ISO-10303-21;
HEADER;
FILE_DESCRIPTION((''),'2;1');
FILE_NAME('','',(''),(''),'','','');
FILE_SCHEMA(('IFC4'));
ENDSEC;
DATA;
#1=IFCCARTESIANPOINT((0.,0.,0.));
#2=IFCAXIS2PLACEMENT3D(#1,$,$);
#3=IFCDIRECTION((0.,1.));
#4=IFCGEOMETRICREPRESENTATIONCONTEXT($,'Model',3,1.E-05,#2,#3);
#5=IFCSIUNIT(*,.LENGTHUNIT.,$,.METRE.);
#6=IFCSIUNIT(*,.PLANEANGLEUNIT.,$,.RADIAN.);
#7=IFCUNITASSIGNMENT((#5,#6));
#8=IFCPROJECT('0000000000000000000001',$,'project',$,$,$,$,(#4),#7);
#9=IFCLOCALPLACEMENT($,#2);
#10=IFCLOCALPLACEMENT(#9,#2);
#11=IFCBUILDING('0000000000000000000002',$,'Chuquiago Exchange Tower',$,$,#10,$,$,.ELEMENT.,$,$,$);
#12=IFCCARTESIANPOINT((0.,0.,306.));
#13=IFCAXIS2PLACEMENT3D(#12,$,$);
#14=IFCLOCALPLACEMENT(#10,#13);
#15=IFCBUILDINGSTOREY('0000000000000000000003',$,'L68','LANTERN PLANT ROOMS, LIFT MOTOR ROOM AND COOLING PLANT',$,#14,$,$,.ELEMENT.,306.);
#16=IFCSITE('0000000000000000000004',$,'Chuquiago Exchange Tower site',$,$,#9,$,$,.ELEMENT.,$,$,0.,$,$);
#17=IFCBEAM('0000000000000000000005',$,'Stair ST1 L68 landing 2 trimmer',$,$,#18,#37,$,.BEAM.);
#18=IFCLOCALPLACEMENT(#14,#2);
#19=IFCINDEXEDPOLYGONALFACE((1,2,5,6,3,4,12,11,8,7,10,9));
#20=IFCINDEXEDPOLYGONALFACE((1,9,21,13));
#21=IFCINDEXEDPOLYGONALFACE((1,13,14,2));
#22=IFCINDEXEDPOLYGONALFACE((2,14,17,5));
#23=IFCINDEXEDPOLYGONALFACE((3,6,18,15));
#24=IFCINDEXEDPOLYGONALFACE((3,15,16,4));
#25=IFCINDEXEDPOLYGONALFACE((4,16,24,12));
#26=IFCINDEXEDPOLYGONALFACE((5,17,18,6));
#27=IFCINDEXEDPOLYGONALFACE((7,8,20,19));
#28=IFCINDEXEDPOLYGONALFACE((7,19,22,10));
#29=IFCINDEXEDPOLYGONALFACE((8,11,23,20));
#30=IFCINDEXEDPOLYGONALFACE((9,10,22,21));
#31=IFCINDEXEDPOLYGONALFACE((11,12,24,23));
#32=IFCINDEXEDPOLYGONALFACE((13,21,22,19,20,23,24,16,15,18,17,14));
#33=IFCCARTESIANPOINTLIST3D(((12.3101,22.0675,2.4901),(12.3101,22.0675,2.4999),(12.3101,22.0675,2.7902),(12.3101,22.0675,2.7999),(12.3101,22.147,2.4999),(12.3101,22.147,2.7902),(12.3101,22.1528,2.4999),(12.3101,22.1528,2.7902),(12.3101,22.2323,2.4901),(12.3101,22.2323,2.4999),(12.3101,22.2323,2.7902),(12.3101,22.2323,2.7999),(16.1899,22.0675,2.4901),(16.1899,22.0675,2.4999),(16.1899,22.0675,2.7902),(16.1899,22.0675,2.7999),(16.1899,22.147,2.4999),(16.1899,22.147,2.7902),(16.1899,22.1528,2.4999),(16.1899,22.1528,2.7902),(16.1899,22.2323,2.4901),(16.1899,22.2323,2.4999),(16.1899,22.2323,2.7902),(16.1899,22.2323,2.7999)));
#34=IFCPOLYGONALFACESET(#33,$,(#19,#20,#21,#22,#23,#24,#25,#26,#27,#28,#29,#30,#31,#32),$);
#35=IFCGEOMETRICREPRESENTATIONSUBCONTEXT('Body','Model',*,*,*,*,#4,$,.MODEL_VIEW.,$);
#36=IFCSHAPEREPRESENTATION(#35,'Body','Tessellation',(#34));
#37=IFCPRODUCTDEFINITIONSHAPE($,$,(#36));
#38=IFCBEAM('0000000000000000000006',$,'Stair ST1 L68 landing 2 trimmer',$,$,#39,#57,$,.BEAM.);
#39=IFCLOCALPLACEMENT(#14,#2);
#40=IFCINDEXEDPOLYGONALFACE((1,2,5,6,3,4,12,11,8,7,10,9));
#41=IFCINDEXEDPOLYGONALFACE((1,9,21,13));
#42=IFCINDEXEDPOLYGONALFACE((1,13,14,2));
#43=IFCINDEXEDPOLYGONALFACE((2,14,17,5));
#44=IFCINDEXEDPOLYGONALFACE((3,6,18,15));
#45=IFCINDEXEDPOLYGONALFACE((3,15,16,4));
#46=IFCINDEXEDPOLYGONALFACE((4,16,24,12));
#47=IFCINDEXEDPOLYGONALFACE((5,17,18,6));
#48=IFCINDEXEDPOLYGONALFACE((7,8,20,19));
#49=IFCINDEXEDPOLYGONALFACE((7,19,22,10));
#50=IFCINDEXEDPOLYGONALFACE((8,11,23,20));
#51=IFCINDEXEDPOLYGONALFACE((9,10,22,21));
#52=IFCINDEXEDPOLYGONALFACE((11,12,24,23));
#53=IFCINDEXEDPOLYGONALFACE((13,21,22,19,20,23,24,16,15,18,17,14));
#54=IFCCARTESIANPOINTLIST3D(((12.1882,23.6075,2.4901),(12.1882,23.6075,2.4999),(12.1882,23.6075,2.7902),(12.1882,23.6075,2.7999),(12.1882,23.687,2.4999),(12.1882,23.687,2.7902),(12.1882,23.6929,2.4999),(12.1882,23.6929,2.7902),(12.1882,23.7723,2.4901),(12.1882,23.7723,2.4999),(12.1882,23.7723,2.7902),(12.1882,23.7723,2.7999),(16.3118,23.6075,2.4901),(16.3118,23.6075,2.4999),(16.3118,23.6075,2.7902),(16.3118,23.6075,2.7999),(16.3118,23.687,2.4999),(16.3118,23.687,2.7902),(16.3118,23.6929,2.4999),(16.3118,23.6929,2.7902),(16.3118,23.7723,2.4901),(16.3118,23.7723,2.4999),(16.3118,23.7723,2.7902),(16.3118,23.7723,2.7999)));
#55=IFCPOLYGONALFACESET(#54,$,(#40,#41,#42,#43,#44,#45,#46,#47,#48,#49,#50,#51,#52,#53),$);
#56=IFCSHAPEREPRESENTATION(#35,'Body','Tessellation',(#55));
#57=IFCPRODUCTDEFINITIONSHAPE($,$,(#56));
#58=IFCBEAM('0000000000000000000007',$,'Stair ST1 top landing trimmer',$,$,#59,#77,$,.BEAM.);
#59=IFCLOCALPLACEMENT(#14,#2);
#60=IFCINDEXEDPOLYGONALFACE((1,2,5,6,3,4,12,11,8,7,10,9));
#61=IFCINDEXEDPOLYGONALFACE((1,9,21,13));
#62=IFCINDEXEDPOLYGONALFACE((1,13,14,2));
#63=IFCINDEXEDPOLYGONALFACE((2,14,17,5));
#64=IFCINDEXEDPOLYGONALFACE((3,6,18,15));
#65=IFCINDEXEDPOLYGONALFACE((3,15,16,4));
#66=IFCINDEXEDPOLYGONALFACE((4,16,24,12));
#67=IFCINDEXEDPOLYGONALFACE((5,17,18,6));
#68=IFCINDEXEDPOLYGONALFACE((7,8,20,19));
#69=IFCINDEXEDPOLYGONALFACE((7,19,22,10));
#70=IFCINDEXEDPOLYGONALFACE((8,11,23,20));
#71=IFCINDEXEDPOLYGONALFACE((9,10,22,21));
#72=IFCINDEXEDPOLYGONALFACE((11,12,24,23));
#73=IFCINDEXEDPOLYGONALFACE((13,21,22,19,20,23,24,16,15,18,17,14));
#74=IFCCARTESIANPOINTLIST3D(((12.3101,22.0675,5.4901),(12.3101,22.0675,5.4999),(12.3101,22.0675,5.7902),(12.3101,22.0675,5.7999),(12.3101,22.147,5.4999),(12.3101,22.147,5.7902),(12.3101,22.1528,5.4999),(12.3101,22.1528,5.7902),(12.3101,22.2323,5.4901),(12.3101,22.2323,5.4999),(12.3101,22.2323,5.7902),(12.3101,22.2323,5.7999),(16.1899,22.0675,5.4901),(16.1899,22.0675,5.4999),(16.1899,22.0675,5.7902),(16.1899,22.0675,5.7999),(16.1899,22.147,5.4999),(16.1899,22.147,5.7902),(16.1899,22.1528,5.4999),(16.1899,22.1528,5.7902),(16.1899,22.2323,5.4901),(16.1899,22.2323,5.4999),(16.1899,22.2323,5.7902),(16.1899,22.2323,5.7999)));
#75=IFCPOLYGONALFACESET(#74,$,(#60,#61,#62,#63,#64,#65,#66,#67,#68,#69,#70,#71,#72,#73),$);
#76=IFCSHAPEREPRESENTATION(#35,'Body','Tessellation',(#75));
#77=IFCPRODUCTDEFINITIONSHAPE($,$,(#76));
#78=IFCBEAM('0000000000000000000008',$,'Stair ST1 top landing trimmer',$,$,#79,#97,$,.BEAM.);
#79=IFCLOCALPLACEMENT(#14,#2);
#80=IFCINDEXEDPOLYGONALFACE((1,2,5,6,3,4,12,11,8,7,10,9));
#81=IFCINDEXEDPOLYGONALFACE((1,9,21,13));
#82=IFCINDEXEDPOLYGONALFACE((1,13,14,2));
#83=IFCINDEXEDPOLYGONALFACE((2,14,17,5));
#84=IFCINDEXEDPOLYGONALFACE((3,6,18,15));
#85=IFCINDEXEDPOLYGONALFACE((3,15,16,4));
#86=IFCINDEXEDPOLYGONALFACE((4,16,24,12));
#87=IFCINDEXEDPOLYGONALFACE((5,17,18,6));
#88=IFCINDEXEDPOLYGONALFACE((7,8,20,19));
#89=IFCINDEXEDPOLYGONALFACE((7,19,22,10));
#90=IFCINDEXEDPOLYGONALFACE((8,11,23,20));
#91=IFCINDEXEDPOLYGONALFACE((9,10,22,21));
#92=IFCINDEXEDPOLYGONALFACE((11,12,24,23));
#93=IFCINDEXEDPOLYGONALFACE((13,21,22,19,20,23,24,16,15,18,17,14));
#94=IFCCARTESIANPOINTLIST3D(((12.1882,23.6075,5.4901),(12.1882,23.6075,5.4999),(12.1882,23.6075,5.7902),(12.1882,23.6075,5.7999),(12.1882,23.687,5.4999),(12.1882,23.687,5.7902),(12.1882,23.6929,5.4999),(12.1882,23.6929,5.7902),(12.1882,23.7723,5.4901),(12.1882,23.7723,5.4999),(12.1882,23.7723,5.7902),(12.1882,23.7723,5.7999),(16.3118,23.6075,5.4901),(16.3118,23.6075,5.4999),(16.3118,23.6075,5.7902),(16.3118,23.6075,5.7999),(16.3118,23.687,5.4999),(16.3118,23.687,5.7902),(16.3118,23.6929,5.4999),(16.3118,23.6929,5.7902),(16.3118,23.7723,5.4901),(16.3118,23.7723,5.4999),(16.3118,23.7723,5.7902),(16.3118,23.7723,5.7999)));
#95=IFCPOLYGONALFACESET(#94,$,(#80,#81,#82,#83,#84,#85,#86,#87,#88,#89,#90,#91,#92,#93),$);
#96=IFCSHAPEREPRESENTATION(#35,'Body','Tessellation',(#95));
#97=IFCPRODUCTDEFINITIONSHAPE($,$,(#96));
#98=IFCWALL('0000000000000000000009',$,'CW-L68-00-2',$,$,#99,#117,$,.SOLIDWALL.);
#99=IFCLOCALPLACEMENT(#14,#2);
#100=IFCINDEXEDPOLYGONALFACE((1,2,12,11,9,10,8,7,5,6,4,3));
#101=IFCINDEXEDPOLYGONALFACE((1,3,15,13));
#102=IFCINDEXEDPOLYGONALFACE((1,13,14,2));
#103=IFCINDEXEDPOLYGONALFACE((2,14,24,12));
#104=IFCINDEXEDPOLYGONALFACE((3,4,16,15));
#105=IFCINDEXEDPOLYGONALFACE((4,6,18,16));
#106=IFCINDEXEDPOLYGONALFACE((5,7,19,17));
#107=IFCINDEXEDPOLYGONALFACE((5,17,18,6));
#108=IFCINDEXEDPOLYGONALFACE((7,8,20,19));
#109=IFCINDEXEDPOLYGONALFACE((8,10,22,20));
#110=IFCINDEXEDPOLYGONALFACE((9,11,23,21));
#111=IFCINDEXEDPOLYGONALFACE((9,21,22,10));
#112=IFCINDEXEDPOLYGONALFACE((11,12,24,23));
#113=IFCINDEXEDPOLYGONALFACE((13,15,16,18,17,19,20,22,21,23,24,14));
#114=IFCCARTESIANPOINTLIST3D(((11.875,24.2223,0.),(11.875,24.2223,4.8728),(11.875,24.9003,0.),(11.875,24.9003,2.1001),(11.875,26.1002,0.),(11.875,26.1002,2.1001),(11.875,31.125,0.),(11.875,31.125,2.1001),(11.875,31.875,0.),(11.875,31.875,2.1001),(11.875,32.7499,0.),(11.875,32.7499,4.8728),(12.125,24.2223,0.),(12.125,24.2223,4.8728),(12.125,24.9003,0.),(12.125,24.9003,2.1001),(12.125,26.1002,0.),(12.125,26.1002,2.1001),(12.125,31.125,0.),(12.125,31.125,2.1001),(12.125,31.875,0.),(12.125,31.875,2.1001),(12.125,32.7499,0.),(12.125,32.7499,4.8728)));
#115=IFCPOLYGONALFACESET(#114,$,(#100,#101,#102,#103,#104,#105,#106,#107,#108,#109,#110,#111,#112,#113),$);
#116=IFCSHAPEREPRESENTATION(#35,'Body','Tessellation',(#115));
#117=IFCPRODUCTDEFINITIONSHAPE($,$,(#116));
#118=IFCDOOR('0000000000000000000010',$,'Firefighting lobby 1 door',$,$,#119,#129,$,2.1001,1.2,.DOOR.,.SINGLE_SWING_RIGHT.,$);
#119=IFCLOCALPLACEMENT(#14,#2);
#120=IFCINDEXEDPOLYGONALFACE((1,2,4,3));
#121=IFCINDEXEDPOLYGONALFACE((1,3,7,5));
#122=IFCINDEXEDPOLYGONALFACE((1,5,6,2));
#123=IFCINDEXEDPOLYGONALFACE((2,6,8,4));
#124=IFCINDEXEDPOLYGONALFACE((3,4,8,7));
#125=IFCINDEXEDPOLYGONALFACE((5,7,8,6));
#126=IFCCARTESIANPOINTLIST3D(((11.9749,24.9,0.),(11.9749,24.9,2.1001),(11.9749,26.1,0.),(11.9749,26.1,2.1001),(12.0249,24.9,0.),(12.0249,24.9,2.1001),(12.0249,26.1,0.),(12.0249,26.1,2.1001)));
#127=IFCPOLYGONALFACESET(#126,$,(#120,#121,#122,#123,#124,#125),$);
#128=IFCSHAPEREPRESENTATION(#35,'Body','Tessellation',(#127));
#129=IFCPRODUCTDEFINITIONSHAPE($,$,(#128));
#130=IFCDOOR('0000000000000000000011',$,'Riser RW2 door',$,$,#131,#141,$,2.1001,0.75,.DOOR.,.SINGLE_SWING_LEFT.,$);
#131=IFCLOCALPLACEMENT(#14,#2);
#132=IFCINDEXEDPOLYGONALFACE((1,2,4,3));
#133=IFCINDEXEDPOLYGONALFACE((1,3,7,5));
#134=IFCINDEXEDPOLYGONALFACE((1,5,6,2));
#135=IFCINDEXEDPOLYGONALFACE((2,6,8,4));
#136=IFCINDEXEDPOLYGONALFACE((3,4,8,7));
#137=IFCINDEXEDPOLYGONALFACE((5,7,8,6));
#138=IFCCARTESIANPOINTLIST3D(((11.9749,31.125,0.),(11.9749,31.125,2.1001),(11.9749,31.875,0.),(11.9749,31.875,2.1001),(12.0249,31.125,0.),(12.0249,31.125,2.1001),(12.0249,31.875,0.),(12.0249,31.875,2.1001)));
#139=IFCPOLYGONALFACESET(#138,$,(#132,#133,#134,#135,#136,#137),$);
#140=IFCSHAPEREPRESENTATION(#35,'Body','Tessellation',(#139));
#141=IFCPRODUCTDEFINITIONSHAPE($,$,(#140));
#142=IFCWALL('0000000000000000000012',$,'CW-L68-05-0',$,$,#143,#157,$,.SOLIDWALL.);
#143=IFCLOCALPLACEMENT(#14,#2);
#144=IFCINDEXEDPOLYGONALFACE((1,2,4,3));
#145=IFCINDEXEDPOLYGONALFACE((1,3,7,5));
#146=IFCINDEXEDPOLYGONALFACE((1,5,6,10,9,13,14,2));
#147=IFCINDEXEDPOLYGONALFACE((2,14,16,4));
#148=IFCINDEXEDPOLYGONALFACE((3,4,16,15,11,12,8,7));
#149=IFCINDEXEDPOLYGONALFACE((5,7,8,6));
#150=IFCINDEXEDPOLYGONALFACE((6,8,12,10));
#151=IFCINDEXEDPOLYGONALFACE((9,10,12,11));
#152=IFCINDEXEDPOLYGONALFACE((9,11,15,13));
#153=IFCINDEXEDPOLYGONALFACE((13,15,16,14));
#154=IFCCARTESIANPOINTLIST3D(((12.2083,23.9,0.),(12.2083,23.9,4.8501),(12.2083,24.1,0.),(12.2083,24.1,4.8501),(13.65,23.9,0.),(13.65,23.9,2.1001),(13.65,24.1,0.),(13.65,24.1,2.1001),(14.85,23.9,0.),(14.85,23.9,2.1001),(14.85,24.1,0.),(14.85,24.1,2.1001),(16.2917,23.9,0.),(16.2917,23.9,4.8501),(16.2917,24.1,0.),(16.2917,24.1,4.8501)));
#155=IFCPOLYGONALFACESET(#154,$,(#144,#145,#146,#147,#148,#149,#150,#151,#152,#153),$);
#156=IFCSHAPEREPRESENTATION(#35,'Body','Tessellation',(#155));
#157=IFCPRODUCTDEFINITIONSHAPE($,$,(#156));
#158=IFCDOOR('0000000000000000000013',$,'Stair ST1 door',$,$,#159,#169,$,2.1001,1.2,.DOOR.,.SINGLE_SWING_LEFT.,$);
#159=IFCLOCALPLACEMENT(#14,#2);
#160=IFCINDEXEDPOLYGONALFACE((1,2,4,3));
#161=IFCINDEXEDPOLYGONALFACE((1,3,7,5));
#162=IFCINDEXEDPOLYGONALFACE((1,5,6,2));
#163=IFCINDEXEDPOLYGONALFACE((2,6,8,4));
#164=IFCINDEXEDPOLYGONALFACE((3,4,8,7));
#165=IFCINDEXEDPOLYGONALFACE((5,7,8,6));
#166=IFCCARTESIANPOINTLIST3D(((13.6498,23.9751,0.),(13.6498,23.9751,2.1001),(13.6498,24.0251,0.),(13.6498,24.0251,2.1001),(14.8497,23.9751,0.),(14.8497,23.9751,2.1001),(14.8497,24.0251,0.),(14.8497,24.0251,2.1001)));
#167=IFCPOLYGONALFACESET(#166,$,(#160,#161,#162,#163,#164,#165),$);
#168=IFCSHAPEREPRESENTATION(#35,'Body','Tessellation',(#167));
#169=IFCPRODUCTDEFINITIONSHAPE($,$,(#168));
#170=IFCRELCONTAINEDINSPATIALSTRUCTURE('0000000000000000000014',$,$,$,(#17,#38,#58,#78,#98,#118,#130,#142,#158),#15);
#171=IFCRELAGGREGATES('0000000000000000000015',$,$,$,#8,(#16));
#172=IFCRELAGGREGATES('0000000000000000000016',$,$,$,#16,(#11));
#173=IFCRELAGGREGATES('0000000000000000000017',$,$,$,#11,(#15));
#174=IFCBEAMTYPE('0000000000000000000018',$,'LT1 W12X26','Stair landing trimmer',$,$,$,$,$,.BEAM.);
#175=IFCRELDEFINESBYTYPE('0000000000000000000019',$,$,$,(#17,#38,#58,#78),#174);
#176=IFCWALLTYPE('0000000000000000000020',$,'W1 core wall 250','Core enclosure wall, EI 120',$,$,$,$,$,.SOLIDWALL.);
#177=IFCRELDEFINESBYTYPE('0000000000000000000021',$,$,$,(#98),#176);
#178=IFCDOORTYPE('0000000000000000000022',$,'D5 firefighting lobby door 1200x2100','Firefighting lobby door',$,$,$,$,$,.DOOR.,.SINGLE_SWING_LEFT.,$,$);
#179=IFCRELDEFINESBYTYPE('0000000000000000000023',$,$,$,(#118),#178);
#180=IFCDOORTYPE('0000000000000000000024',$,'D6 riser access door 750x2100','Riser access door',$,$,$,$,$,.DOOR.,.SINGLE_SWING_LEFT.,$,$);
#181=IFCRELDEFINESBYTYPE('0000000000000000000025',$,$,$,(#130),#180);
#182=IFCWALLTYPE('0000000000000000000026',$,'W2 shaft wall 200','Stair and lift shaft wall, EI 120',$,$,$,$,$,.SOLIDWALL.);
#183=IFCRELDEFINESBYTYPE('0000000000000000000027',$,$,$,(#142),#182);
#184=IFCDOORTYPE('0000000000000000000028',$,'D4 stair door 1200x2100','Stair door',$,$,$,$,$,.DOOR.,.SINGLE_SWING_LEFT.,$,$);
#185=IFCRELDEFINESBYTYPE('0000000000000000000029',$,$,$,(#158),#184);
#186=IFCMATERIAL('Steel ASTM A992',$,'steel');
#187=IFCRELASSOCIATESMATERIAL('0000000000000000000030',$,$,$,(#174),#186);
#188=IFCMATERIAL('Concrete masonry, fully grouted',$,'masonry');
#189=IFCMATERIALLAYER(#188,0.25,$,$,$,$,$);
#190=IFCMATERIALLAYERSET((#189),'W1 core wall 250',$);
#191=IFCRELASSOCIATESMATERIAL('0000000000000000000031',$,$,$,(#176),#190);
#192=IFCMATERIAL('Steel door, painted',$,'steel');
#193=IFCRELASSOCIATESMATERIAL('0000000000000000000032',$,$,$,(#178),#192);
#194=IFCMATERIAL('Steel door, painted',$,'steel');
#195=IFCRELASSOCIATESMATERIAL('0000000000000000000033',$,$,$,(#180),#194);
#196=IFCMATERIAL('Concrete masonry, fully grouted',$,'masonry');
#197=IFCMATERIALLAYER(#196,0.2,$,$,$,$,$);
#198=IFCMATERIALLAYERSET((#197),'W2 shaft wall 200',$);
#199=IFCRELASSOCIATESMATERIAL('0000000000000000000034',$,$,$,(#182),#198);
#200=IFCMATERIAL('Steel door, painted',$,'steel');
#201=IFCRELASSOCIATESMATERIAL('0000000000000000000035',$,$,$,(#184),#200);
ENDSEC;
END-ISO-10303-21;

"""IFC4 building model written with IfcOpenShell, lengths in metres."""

from ifc_helpers import new_model, si_unit, direction, frame, frame_2d, origin, origin_2d, place, context, subcontext, project, spatial, rectangle, i_section, extrude, material, layer, layer_set, material_profile, profile_set, type_object, element, fill, save


model = new_model("IFC4")

# Units and contexts
model_context = context("Model", 3, precision=1e-05, world=origin(), true_north=direction((0.0, 1.0)))
body_context = subcontext(model_context, "Body", "Model", "MODEL_VIEW")
ifc_project = project(units=[si_unit("LENGTHUNIT", "METRE"), si_unit("PLANEANGLEUNIT", "RADIAN")], contexts=[model_context])

# Site, building, storey
site_placement = place(None, origin())
site = spatial("IfcSite", under=ifc_project, at=site_placement, Name="Chuquiago Exchange Tower site", CompositionType="ELEMENT", RefElevation=0.0)
building_placement = place(site_placement, origin())
building = spatial("IfcBuilding", under=site, at=building_placement, Name="Chuquiago Exchange Tower", CompositionType="ELEMENT")
storey_placement = place(building_placement, frame((0.0, 0.0, 306.0)))
storey = spatial("IfcBuildingStorey", under=building, at=storey_placement, Name="L68", Description="LANTERN PLANT ROOMS, LIFT MOTOR ROOM AND COOLING PLANT", CompositionType="ELEMENT", Elevation=306.0)

# Beams
ifc_material_1 = material(Name="Steel ASTM A992", Category="steel")
ifc_material_profile_1 = material_profile(ifc_material_1, i_section(OverallWidth=0.1648, OverallDepth=0.3098, WebThickness=0.0059, FlangeThickness=0.0098, at=origin_2d()), Name="W12X26")
ifc_profile_set_1 = profile_set([ifc_material_profile_1], Name="Steel ASTM A992")
beam_type_1 = type_object("IfcBeamType", Name="LT1 W12X26", Description="Stair landing trimmer", PredefinedType="BEAM", material=ifc_profile_set_1)
beam_1_placement = place(storey_placement, frame((12.3101, 22.1499, 2.645), z_axis=(1.0, 0.0, 0.0), x_axis=(0.0, 1.0, 0.0)))
element("IfcBeam", 1, at=beam_1_placement, inside=storey, type_object=beam_type_1, Name="Stair ST1 L68 landing 2 trimmer", PredefinedType="BEAM", context=body_context, shape_type="SweptSolid", body=[
    extrude(i_section(OverallWidth=0.1648, OverallDepth=0.3098, WebThickness=0.0059, FlangeThickness=0.0098, at=origin_2d()), origin(), (0.0, 0.0, 1.0), 3.8799),
])
beam_2_placement = place(storey_placement, frame((12.1882, 23.6899, 2.645), z_axis=(1.0, 0.0, 0.0), x_axis=(0.0, 1.0, 0.0)))
element("IfcBeam", 2, at=beam_2_placement, inside=storey, type_object=beam_type_1, Name="Stair ST1 L68 landing 2 trimmer", PredefinedType="BEAM", context=body_context, shape_type="SweptSolid", body=[
    extrude(i_section(OverallWidth=0.1648, OverallDepth=0.3098, WebThickness=0.0059, FlangeThickness=0.0098, at=origin_2d()), origin(), (0.0, 0.0, 1.0), 4.1235),
])
beam_3_placement = place(storey_placement, frame((12.3101, 22.1499, 5.645), z_axis=(1.0, 0.0, 0.0), x_axis=(0.0, 1.0, 0.0)))
element("IfcBeam", 3, at=beam_3_placement, inside=storey, type_object=beam_type_1, Name="Stair ST1 top landing trimmer", PredefinedType="BEAM", context=body_context, shape_type="SweptSolid", body=[
    extrude(i_section(OverallWidth=0.1648, OverallDepth=0.3098, WebThickness=0.0059, FlangeThickness=0.0098, at=origin_2d()), origin(), (0.0, 0.0, 1.0), 3.8799),
])
beam_4_placement = place(storey_placement, frame((12.1882, 23.6899, 5.645), z_axis=(1.0, 0.0, 0.0), x_axis=(0.0, 1.0, 0.0)))
element("IfcBeam", 4, at=beam_4_placement, inside=storey, type_object=beam_type_1, Name="Stair ST1 top landing trimmer", PredefinedType="BEAM", context=body_context, shape_type="SweptSolid", body=[
    extrude(i_section(OverallWidth=0.1648, OverallDepth=0.3098, WebThickness=0.0059, FlangeThickness=0.0098, at=origin_2d()), origin(), (0.0, 0.0, 1.0), 4.1235),
])

# Wall, openings, doors
ifc_material_2 = material(Name="Concrete masonry, fully grouted", Category="masonry")
ifc_layer_1 = layer(ifc_material_2, 0.25)
ifc_layer_set_1 = layer_set([ifc_layer_1], Name="W1 core wall 250")
wall_type_1 = type_object("IfcWallType", Name="W1 core wall 250", Description="Core enclosure wall, EI 120", PredefinedType="SOLIDWALL", material=ifc_layer_set_1)
wall_1_placement = place(storey_placement, frame((12.0, 24.2224, 0.0), z_axis=(0.0, 0.0, 1.0), x_axis=(0.0, 1.0, 0.0)))
wall_1 = element("IfcWall", 5, at=wall_1_placement, inside=storey, type_object=wall_type_1, Name="CW-L68-00-2", PredefinedType="SOLIDWALL", context=body_context, shape_type="SweptSolid", body=[
    extrude(rectangle(XDim=8.5276, YDim=0.25, at=frame_2d((4.2637, 0.0))), origin(), (0.0, 0.0, 1.0), 4.8728),
])
opening_1_placement = place(wall_1_placement, frame((0.6777, 0.0, 0.0)))
opening_1 = element("IfcOpeningElement", 6, at=opening_1_placement, cuts=wall_1, PredefinedType="OPENING", context=body_context, shape_type="SweptSolid", body=[
    extrude(rectangle(XDim=1.2, YDim=2.1001, at=frame_2d((0.6001, 1.05))), frame((0.0, 0.135, 0.0), z_axis=(0.0, -1.0, 0.0), x_axis=(1.0, 0.0, 0.0)), (0.0, 0.0, 1.0), 0.27),
])
opening_2_placement = place(wall_1_placement, frame((6.9026, 0.0, 0.0)))
opening_2 = element("IfcOpeningElement", 7, at=opening_2_placement, cuts=wall_1, PredefinedType="OPENING", context=body_context, shape_type="SweptSolid", body=[
    extrude(rectangle(XDim=0.75, YDim=2.1001, at=frame_2d((0.375, 1.05))), frame((0.0, 0.135, 0.0), z_axis=(0.0, -1.0, 0.0), x_axis=(1.0, 0.0, 0.0)), (0.0, 0.0, 1.0), 0.27),
])
ifc_material_3 = material(Name="Steel door, painted", Category="steel")
door_type_1 = type_object("IfcDoorType", Name="D5 firefighting lobby door 1200x2100", Description="Firefighting lobby door", OperationType="SINGLE_SWING_LEFT", PredefinedType="DOOR", material=ifc_material_3)
door_1_placement = place(opening_1_placement, frame((1.2, 0.0, 0.0), z_axis=(0.0, 0.0, 1.0), x_axis=(-1.0, 0.0, 0.0)))
door_1 = element("IfcDoor", 8, at=door_1_placement, inside=storey, type_object=door_type_1, Name="Firefighting lobby 1 door", OperationType="SINGLE_SWING_RIGHT", OverallHeight=2.1001, OverallWidth=1.2, PredefinedType="DOOR", context=body_context, shape_type="SweptSolid", body=[
    extrude(rectangle(XDim=1.2, YDim=2.1001, at=frame_2d((0.6001, 1.05))), frame((0.0, 0.0249, 0.0), z_axis=(0.0, -1.0, 0.0), x_axis=(1.0, 0.0, 0.0)), (0.0, 0.0, 1.0), 0.05),
])
fill(opening_1, door_1)
ifc_material_4 = material(Name="Steel door, painted", Category="steel")
door_type_2 = type_object("IfcDoorType", Name="D6 riser access door 750x2100", Description="Riser access door", OperationType="SINGLE_SWING_LEFT", PredefinedType="DOOR", material=ifc_material_4)
door_2_placement = place(opening_2_placement, frame((0.75, 0.0, 0.0), z_axis=(0.0, 0.0, 1.0), x_axis=(-1.0, 0.0, 0.0)))
door_2 = element("IfcDoor", 9, at=door_2_placement, inside=storey, type_object=door_type_2, Name="Riser RW2 door", OperationType="SINGLE_SWING_LEFT", OverallHeight=2.1001, OverallWidth=0.75, PredefinedType="DOOR", context=body_context, shape_type="SweptSolid", body=[
    extrude(rectangle(XDim=0.75, YDim=2.1001, at=frame_2d((0.375, 1.05))), frame((0.0, 0.0249, 0.0), z_axis=(0.0, -1.0, 0.0), x_axis=(1.0, 0.0, 0.0)), (0.0, 0.0, 1.0), 0.05),
])
fill(opening_2, door_2)

# Wall, opening, door
ifc_material_5 = material(Name="Concrete masonry, fully grouted", Category="masonry")
ifc_layer_2 = layer(ifc_material_5, 0.2)
ifc_layer_set_2 = layer_set([ifc_layer_2], Name="W2 shaft wall 200")
wall_type_2 = type_object("IfcWallType", Name="W2 shaft wall 200", Description="Stair and lift shaft wall, EI 120", PredefinedType="SOLIDWALL", material=ifc_layer_set_2)
wall_2_placement = place(storey_placement, frame((12.2083, 24.0, 0.0), z_axis=(0.0, 0.0, 1.0), x_axis=(1.0, 0.0, 0.0)))
wall_2 = element("IfcWall", 10, at=wall_2_placement, inside=storey, type_object=wall_type_2, Name="CW-L68-05-0", PredefinedType="SOLIDWALL", context=body_context, shape_type="SweptSolid", body=[
    extrude(rectangle(XDim=4.0835, YDim=0.2, at=frame_2d((2.0417, 0.0))), origin(), (0.0, 0.0, 1.0), 4.8501),
])
opening_3_placement = place(wall_2_placement, frame((1.4417, 0.0, 0.0)))
opening_3 = element("IfcOpeningElement", 11, at=opening_3_placement, cuts=wall_2, PredefinedType="OPENING", context=body_context, shape_type="SweptSolid", body=[
    extrude(rectangle(XDim=1.2, YDim=2.1001, at=frame_2d((0.6001, 1.05))), frame((0.0, 0.1099, 0.0), z_axis=(0.0, -1.0, 0.0), x_axis=(1.0, 0.0, 0.0)), (0.0, 0.0, 1.0), 0.22),
])
ifc_material_6 = material(Name="Steel door, painted", Category="steel")
door_type_3 = type_object("IfcDoorType", Name="D4 stair door 1200x2100", Description="Stair door", OperationType="SINGLE_SWING_LEFT", PredefinedType="DOOR", material=ifc_material_6)
door_3_placement = place(opening_3_placement, frame((1.2, 0.0, 0.0), z_axis=(0.0, 0.0, 1.0), x_axis=(-1.0, 0.0, 0.0)))
door_3 = element("IfcDoor", 12, at=door_3_placement, inside=storey, type_object=door_type_3, Name="Stair ST1 door", OperationType="SINGLE_SWING_LEFT", OverallHeight=2.1001, OverallWidth=1.2, PredefinedType="DOOR", context=body_context, shape_type="SweptSolid", body=[
    extrude(rectangle(XDim=1.2, YDim=2.1001, at=frame_2d((0.6001, 1.05))), frame((0.0, 0.0249, 0.0), z_axis=(0.0, -1.0, 0.0), x_axis=(1.0, 0.0, 0.0)), (0.0, 0.0, 1.0), 0.05),
])
fill(opening_3, door_3)

save(model, "model.ifc")
